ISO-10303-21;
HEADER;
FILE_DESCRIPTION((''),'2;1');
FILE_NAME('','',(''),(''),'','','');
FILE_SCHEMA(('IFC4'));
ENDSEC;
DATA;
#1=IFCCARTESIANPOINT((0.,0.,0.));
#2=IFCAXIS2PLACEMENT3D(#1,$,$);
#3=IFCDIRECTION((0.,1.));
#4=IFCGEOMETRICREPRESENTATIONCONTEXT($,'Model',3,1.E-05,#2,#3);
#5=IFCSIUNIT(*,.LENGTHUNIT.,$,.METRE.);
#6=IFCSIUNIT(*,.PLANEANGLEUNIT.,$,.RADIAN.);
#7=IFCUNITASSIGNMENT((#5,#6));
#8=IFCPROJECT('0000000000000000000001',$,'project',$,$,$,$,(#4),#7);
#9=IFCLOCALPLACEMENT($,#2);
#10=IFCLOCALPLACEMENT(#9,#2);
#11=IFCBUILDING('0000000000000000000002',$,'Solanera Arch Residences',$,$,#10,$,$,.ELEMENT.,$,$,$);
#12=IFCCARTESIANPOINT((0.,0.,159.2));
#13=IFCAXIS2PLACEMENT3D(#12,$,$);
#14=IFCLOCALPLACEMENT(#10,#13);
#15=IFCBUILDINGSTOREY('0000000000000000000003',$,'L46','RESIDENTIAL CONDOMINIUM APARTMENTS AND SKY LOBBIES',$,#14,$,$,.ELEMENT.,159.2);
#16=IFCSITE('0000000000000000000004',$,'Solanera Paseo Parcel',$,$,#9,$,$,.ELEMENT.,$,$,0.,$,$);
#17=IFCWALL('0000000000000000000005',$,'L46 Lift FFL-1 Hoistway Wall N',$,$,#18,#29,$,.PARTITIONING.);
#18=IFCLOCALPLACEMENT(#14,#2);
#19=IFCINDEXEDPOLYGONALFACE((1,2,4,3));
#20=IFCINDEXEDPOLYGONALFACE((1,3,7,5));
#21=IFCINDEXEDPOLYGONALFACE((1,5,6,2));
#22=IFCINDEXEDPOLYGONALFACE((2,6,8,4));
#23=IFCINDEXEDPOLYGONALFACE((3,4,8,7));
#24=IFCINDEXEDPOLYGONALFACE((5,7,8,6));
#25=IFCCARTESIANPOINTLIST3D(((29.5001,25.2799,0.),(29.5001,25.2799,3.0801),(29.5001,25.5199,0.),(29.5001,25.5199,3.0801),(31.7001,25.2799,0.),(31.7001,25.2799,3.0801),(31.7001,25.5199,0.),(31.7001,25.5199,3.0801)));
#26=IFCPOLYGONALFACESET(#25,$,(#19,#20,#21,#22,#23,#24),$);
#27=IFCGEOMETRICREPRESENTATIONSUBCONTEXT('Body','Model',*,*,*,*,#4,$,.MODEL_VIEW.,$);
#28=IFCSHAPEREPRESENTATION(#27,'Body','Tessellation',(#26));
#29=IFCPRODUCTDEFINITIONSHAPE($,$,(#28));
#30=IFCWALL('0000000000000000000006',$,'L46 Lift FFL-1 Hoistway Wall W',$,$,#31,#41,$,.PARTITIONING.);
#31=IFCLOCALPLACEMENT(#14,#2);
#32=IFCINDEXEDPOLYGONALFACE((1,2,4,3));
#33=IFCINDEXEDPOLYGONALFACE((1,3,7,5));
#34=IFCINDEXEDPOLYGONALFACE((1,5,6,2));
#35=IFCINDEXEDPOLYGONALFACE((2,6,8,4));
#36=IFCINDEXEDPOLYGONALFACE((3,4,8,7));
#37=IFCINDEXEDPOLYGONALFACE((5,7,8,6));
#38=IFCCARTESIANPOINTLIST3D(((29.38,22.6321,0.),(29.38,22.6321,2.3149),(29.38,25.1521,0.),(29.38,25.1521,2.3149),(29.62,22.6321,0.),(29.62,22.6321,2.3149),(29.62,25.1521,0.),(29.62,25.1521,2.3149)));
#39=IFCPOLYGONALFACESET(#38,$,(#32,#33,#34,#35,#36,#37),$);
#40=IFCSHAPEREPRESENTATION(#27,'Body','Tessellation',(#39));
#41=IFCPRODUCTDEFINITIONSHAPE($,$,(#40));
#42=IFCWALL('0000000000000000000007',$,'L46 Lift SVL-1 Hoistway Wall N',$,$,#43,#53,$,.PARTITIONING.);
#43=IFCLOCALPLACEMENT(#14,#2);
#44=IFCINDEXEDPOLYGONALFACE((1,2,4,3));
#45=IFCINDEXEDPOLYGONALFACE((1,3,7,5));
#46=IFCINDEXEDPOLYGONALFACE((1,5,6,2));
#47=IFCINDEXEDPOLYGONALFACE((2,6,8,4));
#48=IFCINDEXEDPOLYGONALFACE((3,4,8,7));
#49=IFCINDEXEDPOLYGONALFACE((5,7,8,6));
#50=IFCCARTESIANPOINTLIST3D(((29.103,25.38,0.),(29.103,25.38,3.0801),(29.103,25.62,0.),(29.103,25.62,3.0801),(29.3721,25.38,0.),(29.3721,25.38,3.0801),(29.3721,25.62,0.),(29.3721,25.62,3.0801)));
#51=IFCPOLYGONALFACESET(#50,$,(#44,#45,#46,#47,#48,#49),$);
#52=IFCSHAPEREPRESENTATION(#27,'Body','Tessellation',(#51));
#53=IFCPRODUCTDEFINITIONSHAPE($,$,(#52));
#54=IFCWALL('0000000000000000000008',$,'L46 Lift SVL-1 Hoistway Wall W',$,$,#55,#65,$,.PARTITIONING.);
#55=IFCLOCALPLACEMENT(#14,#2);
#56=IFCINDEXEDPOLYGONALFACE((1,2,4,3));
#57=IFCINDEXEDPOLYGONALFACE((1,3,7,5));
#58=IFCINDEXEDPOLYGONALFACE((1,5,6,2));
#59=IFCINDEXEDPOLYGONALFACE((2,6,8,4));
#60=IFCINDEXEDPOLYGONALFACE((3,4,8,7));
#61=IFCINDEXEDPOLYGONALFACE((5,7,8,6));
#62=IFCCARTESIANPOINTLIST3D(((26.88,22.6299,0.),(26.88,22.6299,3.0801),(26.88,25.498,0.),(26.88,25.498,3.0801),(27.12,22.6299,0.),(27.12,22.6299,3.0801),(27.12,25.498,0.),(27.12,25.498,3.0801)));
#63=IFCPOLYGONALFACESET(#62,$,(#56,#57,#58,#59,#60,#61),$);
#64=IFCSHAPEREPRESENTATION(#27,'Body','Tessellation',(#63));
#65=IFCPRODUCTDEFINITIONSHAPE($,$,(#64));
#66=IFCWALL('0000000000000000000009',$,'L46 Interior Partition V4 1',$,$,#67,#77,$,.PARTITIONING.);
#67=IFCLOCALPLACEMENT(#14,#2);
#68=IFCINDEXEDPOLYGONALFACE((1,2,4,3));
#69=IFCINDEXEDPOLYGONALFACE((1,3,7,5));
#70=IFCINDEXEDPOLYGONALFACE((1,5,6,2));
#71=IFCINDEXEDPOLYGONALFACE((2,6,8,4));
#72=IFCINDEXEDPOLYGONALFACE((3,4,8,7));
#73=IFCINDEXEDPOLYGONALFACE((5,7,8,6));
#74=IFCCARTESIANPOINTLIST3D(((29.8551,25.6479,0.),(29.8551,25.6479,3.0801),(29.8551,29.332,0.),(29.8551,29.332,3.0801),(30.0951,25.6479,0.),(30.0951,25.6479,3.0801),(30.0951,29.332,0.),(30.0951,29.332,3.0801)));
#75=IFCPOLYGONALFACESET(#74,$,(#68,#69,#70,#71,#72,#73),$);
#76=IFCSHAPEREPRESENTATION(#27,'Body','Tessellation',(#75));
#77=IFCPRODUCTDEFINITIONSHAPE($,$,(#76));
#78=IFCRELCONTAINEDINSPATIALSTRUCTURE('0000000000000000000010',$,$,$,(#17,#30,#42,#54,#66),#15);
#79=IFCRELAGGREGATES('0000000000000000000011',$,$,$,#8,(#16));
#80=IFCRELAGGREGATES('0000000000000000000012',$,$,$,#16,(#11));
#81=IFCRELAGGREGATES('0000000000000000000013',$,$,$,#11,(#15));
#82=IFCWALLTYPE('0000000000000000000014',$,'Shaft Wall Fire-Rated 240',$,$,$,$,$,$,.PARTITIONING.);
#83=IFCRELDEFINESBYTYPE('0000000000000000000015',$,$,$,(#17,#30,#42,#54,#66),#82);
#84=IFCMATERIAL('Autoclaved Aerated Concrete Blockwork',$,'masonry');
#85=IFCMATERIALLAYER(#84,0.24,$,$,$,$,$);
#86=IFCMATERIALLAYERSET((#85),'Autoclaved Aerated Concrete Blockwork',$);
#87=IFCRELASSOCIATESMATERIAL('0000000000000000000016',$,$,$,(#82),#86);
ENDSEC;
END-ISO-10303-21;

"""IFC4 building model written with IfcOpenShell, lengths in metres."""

from ifc_helpers import new_model, si_unit, direction, frame, frame_2d, origin, place, context, subcontext, project, spatial, rectangle, extrude, material, layer, layer_set, type_object, element, save


model = new_model("IFC4")

# Units and contexts
model_context = context("Model", 3, precision=1e-05, world=origin(), true_north=direction((0.0, 1.0)))
body_context = subcontext(model_context, "Body", "Model", "MODEL_VIEW")
ifc_project = project(units=[si_unit("LENGTHUNIT", "METRE"), si_unit("PLANEANGLEUNIT", "RADIAN")], contexts=[model_context])

# Site, building, storey
site_placement = place(None, origin())
site = spatial("IfcSite", under=ifc_project, at=site_placement, Name="Solanera Paseo Parcel", CompositionType="ELEMENT", RefElevation=0.0)
building_placement = place(site_placement, origin())
building = spatial("IfcBuilding", under=site, at=building_placement, Name="Solanera Arch Residences", CompositionType="ELEMENT")
storey_placement = place(building_placement, frame((0.0, 0.0, 159.2)))
storey = spatial("IfcBuildingStorey", under=building, at=storey_placement, Name="L46", Description="RESIDENTIAL CONDOMINIUM APARTMENTS AND SKY LOBBIES", CompositionType="ELEMENT", Elevation=159.2)

# Walls
ifc_material_1 = material(Name="Autoclaved Aerated Concrete Blockwork", Category="masonry")
ifc_layer_1 = layer(ifc_material_1, 0.24)
ifc_layer_set_1 = layer_set([ifc_layer_1], Name="Autoclaved Aerated Concrete Blockwork")
wall_type_1 = type_object("IfcWallType", Name="Shaft Wall Fire-Rated 240", PredefinedType="PARTITIONING", material=ifc_layer_set_1)
wall_1_placement = place(storey_placement, frame((29.5, 25.3999, 0.0), z_axis=(0.0, 0.0, 1.0), x_axis=(1.0, 0.0, 0.0)))
element("IfcWall", 1, at=wall_1_placement, inside=storey, type_object=wall_type_1, Name="L46 Lift FFL-1 Hoistway Wall N", PredefinedType="PARTITIONING", context=body_context, shape_type="SweptSolid", body=[
    extrude(rectangle(XDim=2.2, YDim=0.24, at=frame_2d((1.1001, 0.0))), origin(), (0.0, 0.0, 1.0), 3.0801),
])
wall_2_placement = place(storey_placement, frame((29.5, 22.6321, 0.0), z_axis=(0.0, 0.0, 1.0), x_axis=(0.0, 1.0, 0.0)))
element("IfcWall", 2, at=wall_2_placement, inside=storey, type_object=wall_type_1, Name="L46 Lift FFL-1 Hoistway Wall W", PredefinedType="PARTITIONING", context=body_context, shape_type="SweptSolid", body=[
    extrude(rectangle(XDim=2.52, YDim=0.24, at=frame_2d((1.26, 0.0))), origin(), (0.0, 0.0, 1.0), 2.3149),
])
wall_3_placement = place(storey_placement, frame((29.103, 25.5, 0.0), z_axis=(0.0, 0.0, 1.0), x_axis=(1.0, 0.0, 0.0)))
element("IfcWall", 3, at=wall_3_placement, inside=storey, type_object=wall_type_1, Name="L46 Lift SVL-1 Hoistway Wall N", PredefinedType="PARTITIONING", context=body_context, shape_type="SweptSolid", body=[
    extrude(rectangle(XDim=0.269, YDim=0.24, at=frame_2d((0.1345, 0.0))), origin(), (0.0, 0.0, 1.0), 3.0801),
])
wall_4_placement = place(storey_placement, frame((27.0, 22.6299, 0.0), z_axis=(0.0, 0.0, 1.0), x_axis=(0.0, 1.0, 0.0)))
element("IfcWall", 4, at=wall_4_placement, inside=storey, type_object=wall_type_1, Name="L46 Lift SVL-1 Hoistway Wall W", PredefinedType="PARTITIONING", context=body_context, shape_type="SweptSolid", body=[
    extrude(rectangle(XDim=2.8682, YDim=0.24, at=frame_2d((1.4341, 0.0))), origin(), (0.0, 0.0, 1.0), 3.0801),
])
wall_5_placement = place(storey_placement, frame((29.9751, 25.6479, 0.0), z_axis=(0.0, 0.0, 1.0), x_axis=(0.0, 1.0, 0.0)))
element("IfcWall", 5, at=wall_5_placement, inside=storey, type_object=wall_type_1, Name="L46 Interior Partition V4 1", PredefinedType="PARTITIONING", context=body_context, shape_type="SweptSolid", body=[
    extrude(rectangle(XDim=3.6841, YDim=0.24, at=frame_2d((1.842, 0.0))), origin(), (0.0, 0.0, 1.0), 3.0801),
])

save(model, "model.ifc")
